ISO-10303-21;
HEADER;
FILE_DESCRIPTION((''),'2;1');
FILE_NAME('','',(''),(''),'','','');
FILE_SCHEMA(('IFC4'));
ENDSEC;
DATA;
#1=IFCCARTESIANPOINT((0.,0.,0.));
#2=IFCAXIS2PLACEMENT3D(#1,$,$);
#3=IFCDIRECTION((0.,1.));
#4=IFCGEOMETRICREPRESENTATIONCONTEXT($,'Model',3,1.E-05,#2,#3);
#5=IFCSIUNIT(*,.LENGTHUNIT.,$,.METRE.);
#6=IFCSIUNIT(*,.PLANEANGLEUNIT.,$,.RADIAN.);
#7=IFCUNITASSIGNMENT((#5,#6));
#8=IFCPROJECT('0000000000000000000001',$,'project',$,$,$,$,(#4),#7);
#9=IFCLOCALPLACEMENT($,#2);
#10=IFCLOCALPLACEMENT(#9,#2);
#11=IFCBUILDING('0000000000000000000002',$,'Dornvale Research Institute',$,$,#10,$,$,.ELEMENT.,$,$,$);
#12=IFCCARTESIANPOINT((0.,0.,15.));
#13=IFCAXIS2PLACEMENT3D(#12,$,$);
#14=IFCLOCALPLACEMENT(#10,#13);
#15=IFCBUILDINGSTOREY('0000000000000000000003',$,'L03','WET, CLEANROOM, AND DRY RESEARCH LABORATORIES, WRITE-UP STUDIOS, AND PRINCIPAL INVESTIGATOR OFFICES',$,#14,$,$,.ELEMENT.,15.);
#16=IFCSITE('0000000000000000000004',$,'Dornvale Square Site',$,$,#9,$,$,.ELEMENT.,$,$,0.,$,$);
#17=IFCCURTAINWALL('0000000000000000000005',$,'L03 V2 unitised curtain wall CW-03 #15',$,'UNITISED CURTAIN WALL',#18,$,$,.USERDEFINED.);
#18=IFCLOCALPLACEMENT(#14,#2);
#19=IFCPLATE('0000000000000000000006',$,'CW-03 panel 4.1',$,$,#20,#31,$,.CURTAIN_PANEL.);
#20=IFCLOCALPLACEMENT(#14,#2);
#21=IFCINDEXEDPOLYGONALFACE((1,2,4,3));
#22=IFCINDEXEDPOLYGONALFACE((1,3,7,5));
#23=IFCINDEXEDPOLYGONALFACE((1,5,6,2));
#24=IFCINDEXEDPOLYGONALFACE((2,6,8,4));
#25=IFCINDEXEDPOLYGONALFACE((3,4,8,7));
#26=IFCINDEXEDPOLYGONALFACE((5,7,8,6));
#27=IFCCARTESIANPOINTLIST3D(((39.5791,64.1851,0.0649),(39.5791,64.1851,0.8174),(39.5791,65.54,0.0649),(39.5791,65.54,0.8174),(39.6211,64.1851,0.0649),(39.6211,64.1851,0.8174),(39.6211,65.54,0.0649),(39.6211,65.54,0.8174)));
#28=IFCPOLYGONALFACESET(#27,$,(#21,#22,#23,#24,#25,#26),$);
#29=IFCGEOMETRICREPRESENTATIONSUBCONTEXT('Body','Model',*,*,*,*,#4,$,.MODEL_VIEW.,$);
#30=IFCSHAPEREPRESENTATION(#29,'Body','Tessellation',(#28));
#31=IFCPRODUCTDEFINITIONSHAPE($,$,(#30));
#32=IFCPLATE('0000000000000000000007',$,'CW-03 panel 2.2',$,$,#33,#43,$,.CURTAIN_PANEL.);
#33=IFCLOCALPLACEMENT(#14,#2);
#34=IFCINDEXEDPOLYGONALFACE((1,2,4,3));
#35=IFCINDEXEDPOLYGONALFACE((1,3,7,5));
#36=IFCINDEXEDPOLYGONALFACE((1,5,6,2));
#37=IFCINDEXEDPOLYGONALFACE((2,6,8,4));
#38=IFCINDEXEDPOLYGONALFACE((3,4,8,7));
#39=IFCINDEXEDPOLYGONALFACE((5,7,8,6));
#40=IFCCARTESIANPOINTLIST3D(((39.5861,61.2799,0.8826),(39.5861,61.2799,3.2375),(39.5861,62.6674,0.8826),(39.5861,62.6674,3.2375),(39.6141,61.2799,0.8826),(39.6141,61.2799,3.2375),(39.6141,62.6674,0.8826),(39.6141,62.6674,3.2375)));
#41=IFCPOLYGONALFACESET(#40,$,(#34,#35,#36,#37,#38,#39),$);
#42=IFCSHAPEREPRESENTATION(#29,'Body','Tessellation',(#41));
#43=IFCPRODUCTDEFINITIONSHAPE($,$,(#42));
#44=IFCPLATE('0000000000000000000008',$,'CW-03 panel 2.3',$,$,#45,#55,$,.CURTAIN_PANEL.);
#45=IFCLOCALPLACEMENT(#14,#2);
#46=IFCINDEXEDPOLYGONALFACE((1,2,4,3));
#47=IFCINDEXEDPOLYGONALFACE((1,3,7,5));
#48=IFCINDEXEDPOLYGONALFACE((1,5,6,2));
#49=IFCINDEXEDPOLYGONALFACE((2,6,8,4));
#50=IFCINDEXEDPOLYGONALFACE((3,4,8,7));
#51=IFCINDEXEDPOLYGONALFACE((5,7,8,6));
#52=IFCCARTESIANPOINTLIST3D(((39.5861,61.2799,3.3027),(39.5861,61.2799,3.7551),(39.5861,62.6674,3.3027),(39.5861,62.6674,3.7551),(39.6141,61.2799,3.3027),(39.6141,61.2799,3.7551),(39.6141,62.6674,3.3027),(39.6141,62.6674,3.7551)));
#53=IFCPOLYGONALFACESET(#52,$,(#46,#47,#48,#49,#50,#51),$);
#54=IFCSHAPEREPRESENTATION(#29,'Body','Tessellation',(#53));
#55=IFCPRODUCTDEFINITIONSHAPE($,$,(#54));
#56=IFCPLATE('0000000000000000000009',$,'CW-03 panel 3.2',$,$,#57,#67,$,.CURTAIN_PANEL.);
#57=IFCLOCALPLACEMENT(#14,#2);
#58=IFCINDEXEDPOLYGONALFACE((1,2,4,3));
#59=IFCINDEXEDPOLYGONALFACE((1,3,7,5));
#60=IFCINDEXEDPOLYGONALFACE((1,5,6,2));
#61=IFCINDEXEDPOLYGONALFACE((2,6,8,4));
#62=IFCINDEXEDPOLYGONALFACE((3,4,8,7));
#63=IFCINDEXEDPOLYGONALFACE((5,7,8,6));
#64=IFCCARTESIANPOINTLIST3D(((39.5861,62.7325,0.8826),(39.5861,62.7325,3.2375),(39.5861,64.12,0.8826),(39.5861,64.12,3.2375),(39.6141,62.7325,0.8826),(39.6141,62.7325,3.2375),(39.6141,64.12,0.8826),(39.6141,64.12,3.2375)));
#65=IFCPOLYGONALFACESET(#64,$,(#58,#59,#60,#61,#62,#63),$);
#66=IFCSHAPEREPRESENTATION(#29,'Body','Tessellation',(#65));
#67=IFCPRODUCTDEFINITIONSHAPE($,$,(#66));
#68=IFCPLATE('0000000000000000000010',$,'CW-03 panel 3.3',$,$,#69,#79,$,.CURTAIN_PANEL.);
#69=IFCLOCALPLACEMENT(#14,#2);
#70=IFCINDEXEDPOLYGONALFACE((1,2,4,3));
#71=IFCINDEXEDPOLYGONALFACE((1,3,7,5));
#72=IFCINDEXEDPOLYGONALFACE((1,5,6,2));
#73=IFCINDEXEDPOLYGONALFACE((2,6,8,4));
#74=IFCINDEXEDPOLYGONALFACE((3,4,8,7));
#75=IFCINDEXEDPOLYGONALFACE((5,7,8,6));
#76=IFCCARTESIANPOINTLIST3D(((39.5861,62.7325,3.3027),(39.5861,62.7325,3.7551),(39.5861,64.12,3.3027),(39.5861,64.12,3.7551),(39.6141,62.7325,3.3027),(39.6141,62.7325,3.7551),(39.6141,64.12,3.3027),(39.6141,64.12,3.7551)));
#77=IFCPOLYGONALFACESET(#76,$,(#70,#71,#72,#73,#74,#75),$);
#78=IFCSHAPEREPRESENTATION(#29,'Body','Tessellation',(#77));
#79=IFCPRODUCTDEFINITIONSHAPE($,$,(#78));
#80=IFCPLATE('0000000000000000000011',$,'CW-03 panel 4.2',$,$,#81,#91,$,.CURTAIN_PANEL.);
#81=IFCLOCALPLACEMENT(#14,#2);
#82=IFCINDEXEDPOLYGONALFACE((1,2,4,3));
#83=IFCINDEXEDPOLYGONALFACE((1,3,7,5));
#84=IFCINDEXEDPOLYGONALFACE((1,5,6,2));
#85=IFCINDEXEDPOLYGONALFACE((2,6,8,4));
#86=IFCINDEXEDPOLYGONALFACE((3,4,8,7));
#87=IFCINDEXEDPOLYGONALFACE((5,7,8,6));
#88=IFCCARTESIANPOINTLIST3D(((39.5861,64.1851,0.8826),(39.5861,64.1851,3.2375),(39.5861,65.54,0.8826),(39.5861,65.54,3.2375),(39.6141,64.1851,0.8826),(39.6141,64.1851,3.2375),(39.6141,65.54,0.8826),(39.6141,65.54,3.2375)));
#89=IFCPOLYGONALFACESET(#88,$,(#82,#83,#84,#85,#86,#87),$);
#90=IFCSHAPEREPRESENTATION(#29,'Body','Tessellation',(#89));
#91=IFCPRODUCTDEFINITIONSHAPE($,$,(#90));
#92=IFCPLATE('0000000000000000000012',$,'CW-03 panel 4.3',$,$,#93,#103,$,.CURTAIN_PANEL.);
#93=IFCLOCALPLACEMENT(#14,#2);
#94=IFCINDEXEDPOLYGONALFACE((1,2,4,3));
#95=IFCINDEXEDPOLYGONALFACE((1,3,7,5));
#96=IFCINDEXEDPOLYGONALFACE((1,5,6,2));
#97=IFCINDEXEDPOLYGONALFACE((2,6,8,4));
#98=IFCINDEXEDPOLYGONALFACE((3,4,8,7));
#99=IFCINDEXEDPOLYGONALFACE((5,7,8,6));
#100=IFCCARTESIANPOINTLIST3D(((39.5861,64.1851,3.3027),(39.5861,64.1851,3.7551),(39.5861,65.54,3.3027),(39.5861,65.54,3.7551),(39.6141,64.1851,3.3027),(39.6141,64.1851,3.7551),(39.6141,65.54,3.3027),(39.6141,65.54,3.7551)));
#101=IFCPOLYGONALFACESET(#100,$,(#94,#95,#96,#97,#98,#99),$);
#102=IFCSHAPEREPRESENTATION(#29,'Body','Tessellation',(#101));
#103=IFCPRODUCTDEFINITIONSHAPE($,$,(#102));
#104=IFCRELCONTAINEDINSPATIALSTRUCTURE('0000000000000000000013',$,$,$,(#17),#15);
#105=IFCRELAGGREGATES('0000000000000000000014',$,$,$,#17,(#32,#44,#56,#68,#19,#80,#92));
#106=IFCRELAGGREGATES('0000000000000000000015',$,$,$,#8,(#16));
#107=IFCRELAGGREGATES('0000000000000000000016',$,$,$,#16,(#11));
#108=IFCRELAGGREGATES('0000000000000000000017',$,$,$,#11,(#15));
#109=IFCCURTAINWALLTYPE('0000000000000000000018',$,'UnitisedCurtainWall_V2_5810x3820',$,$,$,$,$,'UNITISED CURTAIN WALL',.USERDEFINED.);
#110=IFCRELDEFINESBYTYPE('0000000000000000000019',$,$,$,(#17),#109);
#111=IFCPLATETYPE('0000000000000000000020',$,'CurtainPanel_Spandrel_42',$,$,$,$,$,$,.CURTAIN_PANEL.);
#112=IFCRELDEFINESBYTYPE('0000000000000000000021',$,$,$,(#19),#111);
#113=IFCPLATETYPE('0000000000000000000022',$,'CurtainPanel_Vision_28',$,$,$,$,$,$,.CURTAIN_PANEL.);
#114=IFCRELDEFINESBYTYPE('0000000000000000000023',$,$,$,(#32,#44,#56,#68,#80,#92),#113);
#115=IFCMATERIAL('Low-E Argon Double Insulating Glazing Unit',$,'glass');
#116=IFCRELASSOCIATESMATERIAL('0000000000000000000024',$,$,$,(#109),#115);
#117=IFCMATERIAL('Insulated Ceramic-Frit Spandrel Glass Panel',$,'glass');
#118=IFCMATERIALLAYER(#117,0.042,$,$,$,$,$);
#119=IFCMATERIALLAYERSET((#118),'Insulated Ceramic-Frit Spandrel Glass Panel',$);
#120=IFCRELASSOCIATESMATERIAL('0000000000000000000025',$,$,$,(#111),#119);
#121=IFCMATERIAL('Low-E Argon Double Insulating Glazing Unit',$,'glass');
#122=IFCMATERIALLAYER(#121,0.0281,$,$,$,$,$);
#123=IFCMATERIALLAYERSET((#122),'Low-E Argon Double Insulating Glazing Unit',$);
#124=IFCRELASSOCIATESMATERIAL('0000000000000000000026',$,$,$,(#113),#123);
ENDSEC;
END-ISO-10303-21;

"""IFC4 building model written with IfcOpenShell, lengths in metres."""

from ifc_helpers import new_model, si_unit, direction, frame, origin, origin_2d, place, context, subcontext, project, spatial, rectangle, extrude, material, layer, layer_set, type_object, element, aggregate, save


model = new_model("IFC4")

# Units and contexts
model_context = context("Model", 3, precision=1e-05, world=origin(), true_north=direction((0.0, 1.0)))
body_context = subcontext(model_context, "Body", "Model", "MODEL_VIEW")
ifc_project = project(units=[si_unit("LENGTHUNIT", "METRE"), si_unit("PLANEANGLEUNIT", "RADIAN")], contexts=[model_context])

# Site, building, storey
site_placement = place(None, origin())
site = spatial("IfcSite", under=ifc_project, at=site_placement, Name="Dornvale Square Site", CompositionType="ELEMENT", RefElevation=0.0)
building_placement = place(site_placement, origin())
building = spatial("IfcBuilding", under=site, at=building_placement, Name="Dornvale Research Institute", CompositionType="ELEMENT")
storey_placement = place(building_placement, frame((0.0, 0.0, 15.0)))
storey = spatial("IfcBuildingStorey", under=building, at=storey_placement, Name="L03", Description="WET, CLEANROOM, AND DRY RESEARCH LABORATORIES, WRITE-UP STUDIOS, AND PRINCIPAL INVESTIGATOR OFFICES", CompositionType="ELEMENT", Elevation=15.0)

# Curtain wall, plates
ifc_material_1 = material(Name="Low-E Argon Double Insulating Glazing Unit", Category="glass")
curtain_wall_type = type_object("IfcCurtainWallType", Name="UnitisedCurtainWall_V2_5810x3820", ElementType="UNITISED CURTAIN WALL", PredefinedType="USERDEFINED", material=ifc_material_1)
curtain_wall_placement = place(storey_placement, origin())
curtain_wall = element("IfcCurtainWall", 1, at=curtain_wall_placement, inside=storey, type_object=curtain_wall_type, Name="L03 V2 unitised curtain wall CW-03 #15", ObjectType="UNITISED CURTAIN WALL", PredefinedType="USERDEFINED")
ifc_material_2 = material(Name="Insulated Ceramic-Frit Spandrel Glass Panel", Category="glass")
ifc_layer_1 = layer(ifc_material_2, 0.042)
ifc_layer_set_1 = layer_set([ifc_layer_1], Name="Insulated Ceramic-Frit Spandrel Glass Panel")
plate_type_1 = type_object("IfcPlateType", Name="CurtainPanel_Spandrel_42", PredefinedType="CURTAIN_PANEL", material=ifc_layer_set_1)
plate_1_placement = place(storey_placement, frame((39.6001, 64.8625, 0.0649), z_axis=(0.0, 0.0, 1.0), x_axis=(0.0, 1.0, 0.0)))
plate_1 = element("IfcPlate", 2, at=plate_1_placement, type_object=plate_type_1, Name="CW-03 panel 4.1", PredefinedType="CURTAIN_PANEL", context=body_context, shape_type="SweptSolid", body=[
    extrude(rectangle(XDim=1.355, YDim=0.042, at=origin_2d()), origin(), (0.0, 0.0, 1.0), 0.7524),
])
ifc_material_3 = material(Name="Low-E Argon Double Insulating Glazing Unit", Category="glass")
ifc_layer_2 = layer(ifc_material_3, 0.0281)
ifc_layer_set_2 = layer_set([ifc_layer_2], Name="Low-E Argon Double Insulating Glazing Unit")
plate_type_2 = type_object("IfcPlateType", Name="CurtainPanel_Vision_28", PredefinedType="CURTAIN_PANEL", material=ifc_layer_set_2)
plate_2_placement = place(storey_placement, frame((39.6001, 61.9736, 0.8826), z_axis=(0.0, 0.0, 1.0), x_axis=(0.0, 1.0, 0.0)))
plate_2 = element("IfcPlate", 3, at=plate_2_placement, type_object=plate_type_2, Name="CW-03 panel 2.2", PredefinedType="CURTAIN_PANEL", context=body_context, shape_type="SweptSolid", body=[
    extrude(rectangle(XDim=1.3875, YDim=0.0281, at=origin_2d()), origin(), (0.0, 0.0, 1.0), 2.355),
])
plate_3_placement = place(storey_placement, frame((39.6001, 61.9736, 3.3027), z_axis=(0.0, 0.0, 1.0), x_axis=(0.0, 1.0, 0.0)))
plate_3 = element("IfcPlate", 4, at=plate_3_placement, type_object=plate_type_2, Name="CW-03 panel 2.3", PredefinedType="CURTAIN_PANEL", context=body_context, shape_type="SweptSolid", body=[
    extrude(rectangle(XDim=1.3875, YDim=0.0281, at=origin_2d()), origin(), (0.0, 0.0, 1.0), 0.4524),
])
plate_4_placement = place(storey_placement, frame((39.6001, 63.4263, 0.8826), z_axis=(0.0, 0.0, 1.0), x_axis=(0.0, 1.0, 0.0)))
plate_4 = element("IfcPlate", 5, at=plate_4_placement, type_object=plate_type_2, Name="CW-03 panel 3.2", PredefinedType="CURTAIN_PANEL", context=body_context, shape_type="SweptSolid", body=[
    extrude(rectangle(XDim=1.3875, YDim=0.0281, at=origin_2d()), origin(), (0.0, 0.0, 1.0), 2.355),
])
plate_5_placement = place(storey_placement, frame((39.6001, 63.4263, 3.3027), z_axis=(0.0, 0.0, 1.0), x_axis=(0.0, 1.0, 0.0)))
plate_5 = element("IfcPlate", 6, at=plate_5_placement, type_object=plate_type_2, Name="CW-03 panel 3.3", PredefinedType="CURTAIN_PANEL", context=body_context, shape_type="SweptSolid", body=[
    extrude(rectangle(XDim=1.3875, YDim=0.0281, at=origin_2d()), origin(), (0.0, 0.0, 1.0), 0.4524),
])
plate_6_placement = place(storey_placement, frame((39.6001, 64.8625, 0.8826), z_axis=(0.0, 0.0, 1.0), x_axis=(0.0, 1.0, 0.0)))
plate_6 = element("IfcPlate", 7, at=plate_6_placement, type_object=plate_type_2, Name="CW-03 panel 4.2", PredefinedType="CURTAIN_PANEL", context=body_context, shape_type="SweptSolid", body=[
    extrude(rectangle(XDim=1.355, YDim=0.0281, at=origin_2d()), origin(), (0.0, 0.0, 1.0), 2.355),
])
plate_7_placement = place(storey_placement, frame((39.6001, 64.8625, 3.3027), z_axis=(0.0, 0.0, 1.0), x_axis=(0.0, 1.0, 0.0)))
plate_7 = element("IfcPlate", 8, at=plate_7_placement, type_object=plate_type_2, Name="CW-03 panel 4.3", PredefinedType="CURTAIN_PANEL", context=body_context, shape_type="SweptSolid", body=[
    extrude(rectangle(XDim=1.355, YDim=0.0281, at=origin_2d()), origin(), (0.0, 0.0, 1.0), 0.4524),
])
aggregate(curtain_wall, [plate_2, plate_3, plate_4, plate_5, plate_1, plate_6, plate_7])

save(model, "model.ifc")
